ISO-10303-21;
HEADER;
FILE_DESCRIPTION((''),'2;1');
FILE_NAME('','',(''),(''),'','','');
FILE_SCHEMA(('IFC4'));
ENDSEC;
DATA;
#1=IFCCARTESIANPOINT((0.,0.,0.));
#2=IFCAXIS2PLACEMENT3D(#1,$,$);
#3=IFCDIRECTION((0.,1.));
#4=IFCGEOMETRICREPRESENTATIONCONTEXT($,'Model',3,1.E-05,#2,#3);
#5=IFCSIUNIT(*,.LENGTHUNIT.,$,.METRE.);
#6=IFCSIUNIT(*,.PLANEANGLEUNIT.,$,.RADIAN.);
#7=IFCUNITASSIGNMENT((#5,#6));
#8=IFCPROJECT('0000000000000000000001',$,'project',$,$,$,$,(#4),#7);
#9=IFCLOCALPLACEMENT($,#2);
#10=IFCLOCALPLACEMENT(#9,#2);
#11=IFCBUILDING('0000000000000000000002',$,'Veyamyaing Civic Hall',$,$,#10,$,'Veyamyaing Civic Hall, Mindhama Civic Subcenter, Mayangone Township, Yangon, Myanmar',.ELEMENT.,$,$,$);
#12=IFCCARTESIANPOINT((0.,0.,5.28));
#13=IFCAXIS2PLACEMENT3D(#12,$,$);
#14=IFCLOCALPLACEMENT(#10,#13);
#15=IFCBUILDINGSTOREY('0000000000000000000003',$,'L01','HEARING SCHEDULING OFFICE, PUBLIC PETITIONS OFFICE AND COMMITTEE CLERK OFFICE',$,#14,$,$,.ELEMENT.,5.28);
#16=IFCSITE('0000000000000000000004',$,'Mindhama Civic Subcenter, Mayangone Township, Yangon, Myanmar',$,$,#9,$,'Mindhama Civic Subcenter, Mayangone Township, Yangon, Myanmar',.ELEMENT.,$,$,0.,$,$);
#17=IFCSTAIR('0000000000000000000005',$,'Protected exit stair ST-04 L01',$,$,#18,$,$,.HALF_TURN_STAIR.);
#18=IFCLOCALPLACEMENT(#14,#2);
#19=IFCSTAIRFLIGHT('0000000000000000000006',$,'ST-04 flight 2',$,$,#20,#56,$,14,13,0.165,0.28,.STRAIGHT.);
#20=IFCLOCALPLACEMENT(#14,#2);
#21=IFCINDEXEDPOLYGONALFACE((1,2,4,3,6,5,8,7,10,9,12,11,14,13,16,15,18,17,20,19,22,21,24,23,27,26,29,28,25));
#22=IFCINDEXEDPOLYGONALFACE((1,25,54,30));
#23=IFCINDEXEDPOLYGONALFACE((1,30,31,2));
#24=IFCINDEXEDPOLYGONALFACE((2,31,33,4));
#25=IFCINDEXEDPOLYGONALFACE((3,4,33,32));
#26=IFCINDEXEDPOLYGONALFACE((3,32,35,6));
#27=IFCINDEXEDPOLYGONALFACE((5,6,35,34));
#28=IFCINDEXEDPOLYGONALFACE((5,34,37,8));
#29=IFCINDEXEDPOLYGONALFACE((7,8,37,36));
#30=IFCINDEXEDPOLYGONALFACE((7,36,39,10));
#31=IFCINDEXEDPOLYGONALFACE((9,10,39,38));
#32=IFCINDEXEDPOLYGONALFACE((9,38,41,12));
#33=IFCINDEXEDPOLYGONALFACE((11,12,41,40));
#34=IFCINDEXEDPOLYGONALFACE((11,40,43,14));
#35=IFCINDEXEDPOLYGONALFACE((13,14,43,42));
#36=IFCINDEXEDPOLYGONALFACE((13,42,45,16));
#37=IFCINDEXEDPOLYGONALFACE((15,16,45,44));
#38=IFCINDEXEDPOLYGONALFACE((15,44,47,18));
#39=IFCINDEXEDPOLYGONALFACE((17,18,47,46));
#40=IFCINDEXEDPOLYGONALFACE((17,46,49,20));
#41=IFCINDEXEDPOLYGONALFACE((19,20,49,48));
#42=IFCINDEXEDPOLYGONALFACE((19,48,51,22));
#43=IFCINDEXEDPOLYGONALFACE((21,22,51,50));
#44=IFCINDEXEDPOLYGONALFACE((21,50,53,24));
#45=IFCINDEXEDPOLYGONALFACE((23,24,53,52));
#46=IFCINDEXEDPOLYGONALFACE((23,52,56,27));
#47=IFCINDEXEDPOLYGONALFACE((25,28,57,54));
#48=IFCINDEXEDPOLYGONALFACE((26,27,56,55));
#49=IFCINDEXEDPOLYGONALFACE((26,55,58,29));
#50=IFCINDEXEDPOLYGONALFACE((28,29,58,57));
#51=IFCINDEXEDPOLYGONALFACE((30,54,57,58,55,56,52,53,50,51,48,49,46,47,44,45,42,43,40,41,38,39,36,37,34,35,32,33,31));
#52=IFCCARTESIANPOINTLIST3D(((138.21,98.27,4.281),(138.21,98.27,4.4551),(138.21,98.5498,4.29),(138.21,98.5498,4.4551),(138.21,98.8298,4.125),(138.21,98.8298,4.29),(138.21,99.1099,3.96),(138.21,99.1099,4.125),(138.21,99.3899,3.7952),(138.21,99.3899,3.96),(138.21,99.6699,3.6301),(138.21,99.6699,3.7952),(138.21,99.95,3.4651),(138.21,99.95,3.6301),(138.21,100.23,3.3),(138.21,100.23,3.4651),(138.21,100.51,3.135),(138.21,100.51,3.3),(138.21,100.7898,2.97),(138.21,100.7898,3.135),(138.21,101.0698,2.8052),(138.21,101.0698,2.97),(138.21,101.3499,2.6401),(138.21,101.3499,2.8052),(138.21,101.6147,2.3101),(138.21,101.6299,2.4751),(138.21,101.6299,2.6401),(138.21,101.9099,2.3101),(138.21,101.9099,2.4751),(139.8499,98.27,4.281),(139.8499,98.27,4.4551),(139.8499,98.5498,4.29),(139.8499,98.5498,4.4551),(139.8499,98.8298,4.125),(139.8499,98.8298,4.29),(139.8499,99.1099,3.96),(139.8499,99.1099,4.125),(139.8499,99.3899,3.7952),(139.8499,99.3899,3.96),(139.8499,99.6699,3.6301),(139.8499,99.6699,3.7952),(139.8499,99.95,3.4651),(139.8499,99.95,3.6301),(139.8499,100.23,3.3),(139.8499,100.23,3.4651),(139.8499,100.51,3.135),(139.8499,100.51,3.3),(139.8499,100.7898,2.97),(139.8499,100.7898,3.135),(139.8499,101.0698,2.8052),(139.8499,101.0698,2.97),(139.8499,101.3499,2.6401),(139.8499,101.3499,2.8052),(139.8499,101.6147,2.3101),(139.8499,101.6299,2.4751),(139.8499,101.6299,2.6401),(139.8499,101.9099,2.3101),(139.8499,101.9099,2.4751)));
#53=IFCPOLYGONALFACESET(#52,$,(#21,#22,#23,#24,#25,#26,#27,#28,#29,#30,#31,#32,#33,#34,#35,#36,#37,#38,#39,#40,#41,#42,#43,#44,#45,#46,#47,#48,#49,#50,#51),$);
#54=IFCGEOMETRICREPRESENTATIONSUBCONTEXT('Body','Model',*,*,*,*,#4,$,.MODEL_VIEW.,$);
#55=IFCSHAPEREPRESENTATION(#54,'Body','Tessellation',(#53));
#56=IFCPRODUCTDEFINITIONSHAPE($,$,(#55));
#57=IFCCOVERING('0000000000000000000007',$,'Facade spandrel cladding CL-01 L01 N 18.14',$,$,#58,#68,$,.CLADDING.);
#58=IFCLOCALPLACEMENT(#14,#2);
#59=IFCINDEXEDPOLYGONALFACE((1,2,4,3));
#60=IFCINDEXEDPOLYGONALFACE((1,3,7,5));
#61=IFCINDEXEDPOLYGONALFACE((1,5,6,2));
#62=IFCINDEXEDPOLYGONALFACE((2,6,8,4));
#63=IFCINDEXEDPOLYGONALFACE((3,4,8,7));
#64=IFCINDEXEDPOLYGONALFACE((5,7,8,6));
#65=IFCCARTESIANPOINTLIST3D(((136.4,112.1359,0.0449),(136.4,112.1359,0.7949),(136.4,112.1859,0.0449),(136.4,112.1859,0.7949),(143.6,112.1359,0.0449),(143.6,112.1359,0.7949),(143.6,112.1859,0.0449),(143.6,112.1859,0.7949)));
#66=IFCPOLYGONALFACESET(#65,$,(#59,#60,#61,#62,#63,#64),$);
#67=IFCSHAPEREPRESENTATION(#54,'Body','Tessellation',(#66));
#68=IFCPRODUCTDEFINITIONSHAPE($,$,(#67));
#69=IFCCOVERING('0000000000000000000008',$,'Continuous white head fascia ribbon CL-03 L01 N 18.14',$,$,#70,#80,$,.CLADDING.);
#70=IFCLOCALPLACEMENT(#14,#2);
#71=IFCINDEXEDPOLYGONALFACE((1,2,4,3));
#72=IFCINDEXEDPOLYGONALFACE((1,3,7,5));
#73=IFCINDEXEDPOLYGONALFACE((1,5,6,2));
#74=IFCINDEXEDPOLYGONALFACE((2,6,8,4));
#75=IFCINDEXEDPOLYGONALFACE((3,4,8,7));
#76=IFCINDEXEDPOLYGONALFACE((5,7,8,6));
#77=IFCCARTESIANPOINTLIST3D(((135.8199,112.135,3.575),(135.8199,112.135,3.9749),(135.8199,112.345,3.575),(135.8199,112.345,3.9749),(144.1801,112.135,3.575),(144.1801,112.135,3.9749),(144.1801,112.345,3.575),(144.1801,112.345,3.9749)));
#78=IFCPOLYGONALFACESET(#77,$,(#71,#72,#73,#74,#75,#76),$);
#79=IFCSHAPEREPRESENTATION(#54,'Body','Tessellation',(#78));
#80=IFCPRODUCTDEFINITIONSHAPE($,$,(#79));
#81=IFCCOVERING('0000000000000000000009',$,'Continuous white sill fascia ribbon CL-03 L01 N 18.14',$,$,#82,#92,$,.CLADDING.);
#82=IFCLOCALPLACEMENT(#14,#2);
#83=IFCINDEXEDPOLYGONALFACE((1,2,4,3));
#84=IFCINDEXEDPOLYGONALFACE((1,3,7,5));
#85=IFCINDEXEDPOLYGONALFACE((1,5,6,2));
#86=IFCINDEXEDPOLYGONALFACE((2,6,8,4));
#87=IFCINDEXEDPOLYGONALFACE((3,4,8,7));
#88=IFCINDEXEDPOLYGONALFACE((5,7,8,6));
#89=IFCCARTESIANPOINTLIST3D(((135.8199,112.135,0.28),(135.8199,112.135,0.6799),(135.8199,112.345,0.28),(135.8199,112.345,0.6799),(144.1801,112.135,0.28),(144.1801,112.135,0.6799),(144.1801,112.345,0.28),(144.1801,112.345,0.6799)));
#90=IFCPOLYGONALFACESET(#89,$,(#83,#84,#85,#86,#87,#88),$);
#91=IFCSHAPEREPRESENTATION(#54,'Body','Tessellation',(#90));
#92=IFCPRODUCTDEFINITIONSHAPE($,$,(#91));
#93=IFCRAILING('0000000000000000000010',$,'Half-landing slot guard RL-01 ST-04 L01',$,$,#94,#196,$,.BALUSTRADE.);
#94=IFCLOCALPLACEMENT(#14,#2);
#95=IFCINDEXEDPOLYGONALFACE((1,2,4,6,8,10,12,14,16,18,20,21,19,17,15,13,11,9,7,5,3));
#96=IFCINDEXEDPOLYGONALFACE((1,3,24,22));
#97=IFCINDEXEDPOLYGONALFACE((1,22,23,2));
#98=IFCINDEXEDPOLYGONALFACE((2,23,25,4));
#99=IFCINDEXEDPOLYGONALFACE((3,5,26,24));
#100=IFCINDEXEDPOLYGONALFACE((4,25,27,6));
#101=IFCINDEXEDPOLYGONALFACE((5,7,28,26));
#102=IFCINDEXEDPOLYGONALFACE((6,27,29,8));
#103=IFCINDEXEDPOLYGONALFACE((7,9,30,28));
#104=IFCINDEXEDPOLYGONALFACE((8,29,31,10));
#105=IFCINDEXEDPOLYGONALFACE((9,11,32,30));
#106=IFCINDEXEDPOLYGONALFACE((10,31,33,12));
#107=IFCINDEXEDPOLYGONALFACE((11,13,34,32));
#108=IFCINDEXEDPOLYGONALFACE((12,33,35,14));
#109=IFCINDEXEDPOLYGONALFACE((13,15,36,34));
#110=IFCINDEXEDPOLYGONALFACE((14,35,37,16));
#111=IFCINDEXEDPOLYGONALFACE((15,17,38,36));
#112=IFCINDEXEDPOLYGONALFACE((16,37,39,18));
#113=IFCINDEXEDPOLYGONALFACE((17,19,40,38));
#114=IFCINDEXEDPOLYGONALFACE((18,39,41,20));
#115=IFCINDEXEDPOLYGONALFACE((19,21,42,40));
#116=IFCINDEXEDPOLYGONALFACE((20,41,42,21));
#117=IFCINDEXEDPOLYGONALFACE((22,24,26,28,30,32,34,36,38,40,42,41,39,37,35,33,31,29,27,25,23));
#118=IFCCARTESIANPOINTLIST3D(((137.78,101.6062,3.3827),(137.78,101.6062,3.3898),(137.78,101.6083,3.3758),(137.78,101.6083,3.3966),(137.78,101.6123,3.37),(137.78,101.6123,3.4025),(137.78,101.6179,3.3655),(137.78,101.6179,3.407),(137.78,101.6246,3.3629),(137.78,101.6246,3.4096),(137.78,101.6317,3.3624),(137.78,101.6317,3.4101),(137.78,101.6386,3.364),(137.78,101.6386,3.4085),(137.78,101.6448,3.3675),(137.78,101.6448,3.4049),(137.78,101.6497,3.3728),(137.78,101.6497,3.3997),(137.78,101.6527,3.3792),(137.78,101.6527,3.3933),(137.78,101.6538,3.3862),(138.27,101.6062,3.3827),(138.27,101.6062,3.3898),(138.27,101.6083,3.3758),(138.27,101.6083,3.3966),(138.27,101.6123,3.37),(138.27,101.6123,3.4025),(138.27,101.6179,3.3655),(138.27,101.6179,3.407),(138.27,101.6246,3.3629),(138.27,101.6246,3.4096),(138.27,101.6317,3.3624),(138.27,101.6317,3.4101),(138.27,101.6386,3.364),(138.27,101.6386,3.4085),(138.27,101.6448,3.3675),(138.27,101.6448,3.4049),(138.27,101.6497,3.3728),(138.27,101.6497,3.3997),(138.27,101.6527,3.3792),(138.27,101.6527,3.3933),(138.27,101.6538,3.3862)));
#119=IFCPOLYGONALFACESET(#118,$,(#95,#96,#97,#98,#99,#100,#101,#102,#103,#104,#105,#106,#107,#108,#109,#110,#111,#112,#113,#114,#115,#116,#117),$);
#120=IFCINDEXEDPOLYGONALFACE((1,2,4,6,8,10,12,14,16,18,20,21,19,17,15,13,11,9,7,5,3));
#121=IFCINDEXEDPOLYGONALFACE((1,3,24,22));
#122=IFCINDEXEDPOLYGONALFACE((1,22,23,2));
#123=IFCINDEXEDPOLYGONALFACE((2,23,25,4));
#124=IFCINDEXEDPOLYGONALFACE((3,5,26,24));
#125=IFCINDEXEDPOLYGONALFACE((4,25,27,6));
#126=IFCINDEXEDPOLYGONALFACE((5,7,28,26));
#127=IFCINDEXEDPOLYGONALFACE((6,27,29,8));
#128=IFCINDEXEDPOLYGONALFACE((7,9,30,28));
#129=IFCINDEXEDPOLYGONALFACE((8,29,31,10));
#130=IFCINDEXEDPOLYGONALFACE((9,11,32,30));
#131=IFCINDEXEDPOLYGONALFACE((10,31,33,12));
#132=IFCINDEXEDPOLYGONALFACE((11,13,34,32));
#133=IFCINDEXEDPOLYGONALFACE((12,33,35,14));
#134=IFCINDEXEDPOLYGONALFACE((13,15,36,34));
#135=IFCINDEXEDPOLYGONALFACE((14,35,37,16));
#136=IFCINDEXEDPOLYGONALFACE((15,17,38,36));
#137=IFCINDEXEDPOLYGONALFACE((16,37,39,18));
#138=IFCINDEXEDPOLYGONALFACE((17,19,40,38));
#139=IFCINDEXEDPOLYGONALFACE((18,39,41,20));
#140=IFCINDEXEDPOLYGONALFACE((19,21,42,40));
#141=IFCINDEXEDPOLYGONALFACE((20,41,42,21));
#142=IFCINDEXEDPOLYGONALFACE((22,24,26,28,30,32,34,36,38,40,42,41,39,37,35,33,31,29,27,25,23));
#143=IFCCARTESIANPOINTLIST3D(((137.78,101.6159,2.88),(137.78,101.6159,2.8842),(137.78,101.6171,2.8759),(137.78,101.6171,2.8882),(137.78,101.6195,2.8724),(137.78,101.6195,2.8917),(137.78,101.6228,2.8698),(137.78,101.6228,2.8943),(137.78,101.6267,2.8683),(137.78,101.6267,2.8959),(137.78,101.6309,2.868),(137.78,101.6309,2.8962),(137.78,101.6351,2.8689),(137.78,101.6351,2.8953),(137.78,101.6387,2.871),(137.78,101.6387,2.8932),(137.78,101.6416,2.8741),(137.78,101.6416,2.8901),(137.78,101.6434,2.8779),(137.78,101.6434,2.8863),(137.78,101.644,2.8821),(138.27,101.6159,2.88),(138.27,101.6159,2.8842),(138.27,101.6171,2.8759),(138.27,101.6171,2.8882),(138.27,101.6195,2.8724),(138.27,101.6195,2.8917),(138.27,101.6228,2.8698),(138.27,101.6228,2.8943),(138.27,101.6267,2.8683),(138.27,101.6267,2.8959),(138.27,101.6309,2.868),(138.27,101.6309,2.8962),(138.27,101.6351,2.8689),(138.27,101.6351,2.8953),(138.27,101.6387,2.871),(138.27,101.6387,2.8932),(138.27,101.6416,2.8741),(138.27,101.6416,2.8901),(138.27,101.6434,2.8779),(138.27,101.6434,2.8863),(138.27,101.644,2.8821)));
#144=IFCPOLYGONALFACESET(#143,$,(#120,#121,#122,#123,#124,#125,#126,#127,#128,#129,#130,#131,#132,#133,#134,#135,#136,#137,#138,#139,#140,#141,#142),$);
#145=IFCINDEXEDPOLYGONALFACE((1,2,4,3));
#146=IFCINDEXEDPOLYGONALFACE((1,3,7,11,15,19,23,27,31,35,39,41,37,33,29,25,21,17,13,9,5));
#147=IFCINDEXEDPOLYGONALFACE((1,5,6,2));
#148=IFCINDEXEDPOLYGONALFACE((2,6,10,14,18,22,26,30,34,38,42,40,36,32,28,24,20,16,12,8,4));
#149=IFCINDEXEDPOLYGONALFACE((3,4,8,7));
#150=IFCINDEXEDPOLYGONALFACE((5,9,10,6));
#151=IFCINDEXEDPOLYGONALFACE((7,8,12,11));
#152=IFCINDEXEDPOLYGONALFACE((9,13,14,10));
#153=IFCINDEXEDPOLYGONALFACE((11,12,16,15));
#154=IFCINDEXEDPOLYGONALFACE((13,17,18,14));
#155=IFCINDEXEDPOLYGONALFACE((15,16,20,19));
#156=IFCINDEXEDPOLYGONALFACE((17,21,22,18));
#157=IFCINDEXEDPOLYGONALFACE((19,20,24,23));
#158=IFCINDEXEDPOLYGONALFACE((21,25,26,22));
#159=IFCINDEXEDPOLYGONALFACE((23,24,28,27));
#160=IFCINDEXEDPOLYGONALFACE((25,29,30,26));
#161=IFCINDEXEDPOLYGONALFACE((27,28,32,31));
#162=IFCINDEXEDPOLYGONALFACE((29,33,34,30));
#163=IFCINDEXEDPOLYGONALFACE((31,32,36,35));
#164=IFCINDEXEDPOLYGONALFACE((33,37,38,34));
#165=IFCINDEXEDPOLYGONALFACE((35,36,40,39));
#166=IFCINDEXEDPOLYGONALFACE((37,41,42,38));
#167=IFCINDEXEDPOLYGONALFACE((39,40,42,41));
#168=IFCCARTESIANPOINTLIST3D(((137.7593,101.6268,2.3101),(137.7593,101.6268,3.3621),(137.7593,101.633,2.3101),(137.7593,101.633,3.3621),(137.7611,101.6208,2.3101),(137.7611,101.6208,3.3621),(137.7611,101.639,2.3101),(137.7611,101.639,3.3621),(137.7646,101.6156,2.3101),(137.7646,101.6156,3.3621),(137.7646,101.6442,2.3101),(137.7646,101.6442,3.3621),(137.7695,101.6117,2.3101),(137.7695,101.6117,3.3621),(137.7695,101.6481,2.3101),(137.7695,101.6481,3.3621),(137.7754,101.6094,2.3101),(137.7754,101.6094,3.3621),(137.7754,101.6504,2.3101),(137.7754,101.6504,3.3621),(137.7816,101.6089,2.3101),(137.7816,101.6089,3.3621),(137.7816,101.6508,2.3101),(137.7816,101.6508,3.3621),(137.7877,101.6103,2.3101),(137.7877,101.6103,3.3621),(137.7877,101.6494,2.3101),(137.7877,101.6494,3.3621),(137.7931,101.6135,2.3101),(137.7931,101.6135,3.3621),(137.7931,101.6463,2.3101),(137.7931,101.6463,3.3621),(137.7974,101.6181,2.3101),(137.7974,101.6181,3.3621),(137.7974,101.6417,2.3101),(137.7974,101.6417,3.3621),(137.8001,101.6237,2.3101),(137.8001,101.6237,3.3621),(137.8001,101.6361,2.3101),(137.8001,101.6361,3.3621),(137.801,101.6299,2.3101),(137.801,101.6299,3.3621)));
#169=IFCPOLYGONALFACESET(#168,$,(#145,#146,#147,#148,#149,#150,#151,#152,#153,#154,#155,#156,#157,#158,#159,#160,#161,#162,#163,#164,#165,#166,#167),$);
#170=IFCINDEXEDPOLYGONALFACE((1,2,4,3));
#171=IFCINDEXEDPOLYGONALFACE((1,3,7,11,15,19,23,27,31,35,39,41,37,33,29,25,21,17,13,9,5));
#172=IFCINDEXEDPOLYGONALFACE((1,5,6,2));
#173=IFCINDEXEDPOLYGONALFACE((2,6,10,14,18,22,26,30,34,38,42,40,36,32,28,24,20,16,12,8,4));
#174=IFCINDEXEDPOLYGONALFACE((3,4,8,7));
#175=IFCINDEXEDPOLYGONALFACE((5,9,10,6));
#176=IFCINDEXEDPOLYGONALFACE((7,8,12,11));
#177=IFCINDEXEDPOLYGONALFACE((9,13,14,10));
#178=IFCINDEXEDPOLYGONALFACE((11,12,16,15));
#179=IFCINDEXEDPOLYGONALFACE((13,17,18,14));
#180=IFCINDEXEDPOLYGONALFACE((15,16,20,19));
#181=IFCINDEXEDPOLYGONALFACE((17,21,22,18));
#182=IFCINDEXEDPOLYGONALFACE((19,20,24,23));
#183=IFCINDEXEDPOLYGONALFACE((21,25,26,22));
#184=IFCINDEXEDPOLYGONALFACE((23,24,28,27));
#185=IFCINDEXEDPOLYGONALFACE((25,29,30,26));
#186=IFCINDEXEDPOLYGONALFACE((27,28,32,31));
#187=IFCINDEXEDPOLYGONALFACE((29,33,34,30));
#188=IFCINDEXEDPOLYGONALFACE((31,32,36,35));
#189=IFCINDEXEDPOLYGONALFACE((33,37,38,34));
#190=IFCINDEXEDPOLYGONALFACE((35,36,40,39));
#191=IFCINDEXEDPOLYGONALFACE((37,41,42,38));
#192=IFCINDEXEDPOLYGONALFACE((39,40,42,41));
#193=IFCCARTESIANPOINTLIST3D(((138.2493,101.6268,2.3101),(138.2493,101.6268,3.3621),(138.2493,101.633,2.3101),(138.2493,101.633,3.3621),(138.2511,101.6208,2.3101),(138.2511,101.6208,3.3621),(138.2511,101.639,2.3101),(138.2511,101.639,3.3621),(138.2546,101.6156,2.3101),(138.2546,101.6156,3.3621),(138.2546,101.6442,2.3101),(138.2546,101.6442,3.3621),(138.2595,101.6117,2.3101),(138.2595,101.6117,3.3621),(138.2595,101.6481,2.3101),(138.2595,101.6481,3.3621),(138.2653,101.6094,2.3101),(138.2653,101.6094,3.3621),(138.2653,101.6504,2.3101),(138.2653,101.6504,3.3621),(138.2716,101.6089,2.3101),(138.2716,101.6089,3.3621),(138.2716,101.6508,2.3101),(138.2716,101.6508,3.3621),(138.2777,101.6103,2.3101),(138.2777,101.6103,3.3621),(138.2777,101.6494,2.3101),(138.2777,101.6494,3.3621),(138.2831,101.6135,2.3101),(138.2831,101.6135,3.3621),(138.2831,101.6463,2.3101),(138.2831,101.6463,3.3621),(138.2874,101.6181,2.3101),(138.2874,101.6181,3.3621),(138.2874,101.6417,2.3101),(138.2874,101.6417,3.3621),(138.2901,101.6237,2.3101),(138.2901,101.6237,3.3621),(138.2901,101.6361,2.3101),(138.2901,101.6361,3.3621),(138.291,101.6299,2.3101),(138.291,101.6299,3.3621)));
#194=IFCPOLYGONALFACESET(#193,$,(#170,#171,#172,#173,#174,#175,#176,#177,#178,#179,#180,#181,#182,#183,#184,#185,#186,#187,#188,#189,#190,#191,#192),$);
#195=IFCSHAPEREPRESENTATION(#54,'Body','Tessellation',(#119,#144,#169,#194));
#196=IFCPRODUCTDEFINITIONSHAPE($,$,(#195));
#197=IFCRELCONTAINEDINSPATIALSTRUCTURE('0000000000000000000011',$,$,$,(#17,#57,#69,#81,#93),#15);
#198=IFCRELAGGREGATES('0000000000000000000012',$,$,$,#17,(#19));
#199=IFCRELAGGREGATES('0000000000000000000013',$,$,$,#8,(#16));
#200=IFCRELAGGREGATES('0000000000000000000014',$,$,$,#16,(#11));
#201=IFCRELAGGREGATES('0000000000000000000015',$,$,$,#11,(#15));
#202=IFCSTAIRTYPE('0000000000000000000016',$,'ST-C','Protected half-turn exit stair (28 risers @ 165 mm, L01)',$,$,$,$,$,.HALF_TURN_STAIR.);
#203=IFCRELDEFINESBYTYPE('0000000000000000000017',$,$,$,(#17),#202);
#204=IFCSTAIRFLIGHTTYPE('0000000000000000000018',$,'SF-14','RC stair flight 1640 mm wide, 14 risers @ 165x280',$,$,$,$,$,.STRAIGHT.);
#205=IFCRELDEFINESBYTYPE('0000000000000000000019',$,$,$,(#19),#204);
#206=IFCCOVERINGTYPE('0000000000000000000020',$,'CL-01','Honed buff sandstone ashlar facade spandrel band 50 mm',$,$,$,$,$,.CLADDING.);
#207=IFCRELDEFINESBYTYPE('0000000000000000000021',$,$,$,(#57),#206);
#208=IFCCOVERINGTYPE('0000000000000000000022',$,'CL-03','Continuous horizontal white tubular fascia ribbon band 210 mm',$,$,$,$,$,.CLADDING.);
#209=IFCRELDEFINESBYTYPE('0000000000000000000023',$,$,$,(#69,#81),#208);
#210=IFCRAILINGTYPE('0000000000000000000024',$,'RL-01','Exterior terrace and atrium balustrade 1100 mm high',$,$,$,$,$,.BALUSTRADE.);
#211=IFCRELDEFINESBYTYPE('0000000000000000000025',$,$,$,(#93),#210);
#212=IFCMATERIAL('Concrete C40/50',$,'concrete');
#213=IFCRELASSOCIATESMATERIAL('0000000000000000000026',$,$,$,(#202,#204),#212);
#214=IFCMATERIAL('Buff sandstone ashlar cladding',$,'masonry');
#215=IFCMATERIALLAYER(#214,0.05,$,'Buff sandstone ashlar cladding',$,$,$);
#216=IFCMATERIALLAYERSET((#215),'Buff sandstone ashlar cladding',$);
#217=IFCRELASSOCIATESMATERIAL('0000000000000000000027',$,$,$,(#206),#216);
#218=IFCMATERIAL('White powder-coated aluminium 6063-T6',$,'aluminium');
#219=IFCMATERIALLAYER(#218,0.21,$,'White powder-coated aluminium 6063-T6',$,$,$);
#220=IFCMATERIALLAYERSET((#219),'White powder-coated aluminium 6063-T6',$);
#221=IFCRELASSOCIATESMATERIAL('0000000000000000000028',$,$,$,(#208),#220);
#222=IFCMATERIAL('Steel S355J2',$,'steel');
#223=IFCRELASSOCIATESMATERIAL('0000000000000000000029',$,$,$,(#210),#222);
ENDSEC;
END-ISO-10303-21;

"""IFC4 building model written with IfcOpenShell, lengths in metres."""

from ifc_helpers import new_model, si_unit, direction, frame, origin, origin_2d, place, context, subcontext, project, spatial, polyline, rectangle, circle, outline, extrude, material, layer, layer_set, type_object, element, aggregate, save


model = new_model("IFC4")

# Units and contexts
model_context = context("Model", 3, precision=1e-05, world=origin(), true_north=direction((0.0, 1.0)))
body_context = subcontext(model_context, "Body", "Model", "MODEL_VIEW")
ifc_project = project(units=[si_unit("LENGTHUNIT", "METRE"), si_unit("PLANEANGLEUNIT", "RADIAN")], contexts=[model_context])

# Site, building, storey
site_placement = place(None, origin())
site = spatial("IfcSite", under=ifc_project, at=site_placement, Name="Mindhama Civic Subcenter, Mayangone Township, Yangon, Myanmar", LongName="Mindhama Civic Subcenter, Mayangone Township, Yangon, Myanmar", CompositionType="ELEMENT", RefElevation=0.0)
building_placement = place(site_placement, origin())
building = spatial("IfcBuilding", under=site, at=building_placement, Name="Veyamyaing Civic Hall", LongName="Veyamyaing Civic Hall, Mindhama Civic Subcenter, Mayangone Township, Yangon, Myanmar", CompositionType="ELEMENT")
storey_placement = place(building_placement, frame((0.0, 0.0, 5.28)))
storey = spatial("IfcBuildingStorey", under=building, at=storey_placement, Name="L01", Description="HEARING SCHEDULING OFFICE, PUBLIC PETITIONS OFFICE AND COMMITTEE CLERK OFFICE", CompositionType="ELEMENT", Elevation=5.28)

# Shared definitions
ifc_material_1 = material(Name="Concrete C40/50", Category="concrete")

# Stair, stair flight
stair_type = type_object("IfcStairType", Name="ST-C", Description="Protected half-turn exit stair (28 risers @ 165 mm, L01)", PredefinedType="HALF_TURN_STAIR", material=ifc_material_1)
stair_placement = place(storey_placement, origin())
stair = element("IfcStair", 1, at=stair_placement, inside=storey, type_object=stair_type, Name="Protected exit stair ST-04 L01", PredefinedType="HALF_TURN_STAIR")
stair_flight_type = type_object("IfcStairFlightType", Name="SF-14", Description="RC stair flight 1640 mm wide, 14 risers @ 165x280", PredefinedType="STRAIGHT", material=ifc_material_1)
stair_flight_1_placement = place(storey_placement, frame((139.03, 101.9099, 2.3101), z_axis=(0.0, 0.0, 1.0), x_axis=(0.0, -1.0, 0.0)))
stair_flight_1 = element("IfcStairFlight", 2, at=stair_flight_1_placement, type_object=stair_flight_type, Name="ST-04 flight 2", NumberOfRisers=14, NumberOfTreads=13, PredefinedType="STRAIGHT", RiserHeight=0.165, TreadLength=0.28, context=body_context, shape_type="SweptSolid", body=[
    extrude(outline(polyline([(0.0, 0.0), (0.0, 0.165), (0.28, 0.165), (0.28, 0.3301), (0.5601, 0.3301), (0.5601, 0.4951), (0.8401, 0.4951), (0.8401, 0.6599), (1.1201, 0.6599), (1.1201, 0.825), (1.3999, 0.825), (1.3999, 0.99), (1.6799, 0.99), (1.6799, 1.155), (1.96, 1.155), (1.96, 1.3201), (2.24, 1.3201), (2.24, 1.4851), (2.52, 1.4851), (2.52, 1.6499), (2.8, 1.6499), (2.8, 1.8149), (3.0801, 1.8149), (3.0801, 1.98), (3.3601, 1.98), (3.3601, 2.145), (3.6399, 2.145), (3.6399, 2.3101), (3.6399, 1.9709), (0.2952, 0.0), (0.0, 0.0)])), frame((0.0, 0.8198, 0.0), z_axis=(0.0, -1.0, 0.0), x_axis=(1.0, 0.0, 0.0)), (0.0, 0.0, 1.0), 1.6399),
])
aggregate(stair, [stair_flight_1])

# Coverings
ifc_material_2 = material(Name="Buff sandstone ashlar cladding", Category="masonry")
ifc_layer_1 = layer(ifc_material_2, 0.05, Name="Buff sandstone ashlar cladding")
ifc_layer_set_1 = layer_set([ifc_layer_1], Name="Buff sandstone ashlar cladding")
covering_type_1 = type_object("IfcCoveringType", Name="CL-01", Description="Honed buff sandstone ashlar facade spandrel band 50 mm", PredefinedType="CLADDING", material=ifc_layer_set_1)
covering_placement = place(storey_placement, frame((140.0, 112.1609, 0.0449), z_axis=(0.0, 0.0, 1.0), x_axis=(1.0, 0.0, 0.0)))
element("IfcCovering", 3, at=covering_placement, inside=storey, type_object=covering_type_1, Name="Facade spandrel cladding CL-01 L01 N 18.14", PredefinedType="CLADDING", context=body_context, shape_type="SweptSolid", body=[
    extrude(rectangle(XDim=7.2, YDim=0.05, at=origin_2d()), origin(), (0.0, 0.0, 1.0), 0.75),
])
ifc_material_3 = material(Name="White powder-coated aluminium 6063-T6", Category="aluminium")
ifc_layer_2 = layer(ifc_material_3, 0.21, Name="White powder-coated aluminium 6063-T6")
ifc_layer_set_2 = layer_set([ifc_layer_2], Name="White powder-coated aluminium 6063-T6")
covering_type_2 = type_object("IfcCoveringType", Name="CL-03", Description="Continuous horizontal white tubular fascia ribbon band 210 mm", PredefinedType="CLADDING", material=ifc_layer_set_2)
for number, where, z_axis, x_axis, name in (
    (4, (140.0, 112.24, 3.575), (0.0, 0.0, 1.0), (1.0, 0.0, 0.0), "Continuous white head fascia ribbon CL-03 L01 N 18.14"),
    (5, (140.0, 112.24, 0.28), (0.0, 0.0, 1.0), (1.0, 0.0, 0.0), "Continuous white sill fascia ribbon CL-03 L01 N 18.14"),
):
    element("IfcCovering", number, at=place(storey_placement, frame(where, z_axis=z_axis, x_axis=x_axis)), inside=storey, type_object=covering_type_2, Name=name, PredefinedType="CLADDING", context=body_context, shape_type="SweptSolid", body=[
        extrude(rectangle(XDim=8.3601, YDim=0.21, at=origin_2d()), origin(), (0.0, 0.0, 1.0), 0.3999),
    ])

# Railing
ifc_material_4 = material(Name="Steel S355J2", Category="steel")
railing_type_1 = type_object("IfcRailingType", Name="RL-01", Description="Exterior terrace and atrium balustrade 1100 mm high", PredefinedType="BALUSTRADE", material=ifc_material_4)
railing_1_placement = place(storey_placement, frame((137.78, 101.6299, 2.3101)))
element("IfcRailing", 6, at=railing_1_placement, inside=storey, type_object=railing_type_1, Name="Half-landing slot guard RL-01 ST-04 L01", PredefinedType="BALUSTRADE", context=body_context, shape_type="SweptSolid", body=[
    extrude(circle(Radius=0.0239, at=origin_2d()), frame((0.0, 0.0, 1.0762), z_axis=(1.0, 0.0, 0.0), x_axis=(0.0, 1.0, 0.0)), (0.0, 0.0, 1.0), 0.49),
    extrude(circle(Radius=0.0142, at=origin_2d()), frame((0.0, 0.0, 0.572), z_axis=(1.0, 0.0, 0.0), x_axis=(0.0, 1.0, 0.0)), (0.0, 0.0, 1.0), 0.49),
    extrude(circle(Radius=0.021, at=origin_2d()), origin(), (0.0, 0.0, 1.0), 1.052),
    extrude(circle(Radius=0.021, at=origin_2d()), frame((0.49, 0.0, 0.0)), (0.0, 0.0, 1.0), 1.052),
])

save(model, "model.ifc")
